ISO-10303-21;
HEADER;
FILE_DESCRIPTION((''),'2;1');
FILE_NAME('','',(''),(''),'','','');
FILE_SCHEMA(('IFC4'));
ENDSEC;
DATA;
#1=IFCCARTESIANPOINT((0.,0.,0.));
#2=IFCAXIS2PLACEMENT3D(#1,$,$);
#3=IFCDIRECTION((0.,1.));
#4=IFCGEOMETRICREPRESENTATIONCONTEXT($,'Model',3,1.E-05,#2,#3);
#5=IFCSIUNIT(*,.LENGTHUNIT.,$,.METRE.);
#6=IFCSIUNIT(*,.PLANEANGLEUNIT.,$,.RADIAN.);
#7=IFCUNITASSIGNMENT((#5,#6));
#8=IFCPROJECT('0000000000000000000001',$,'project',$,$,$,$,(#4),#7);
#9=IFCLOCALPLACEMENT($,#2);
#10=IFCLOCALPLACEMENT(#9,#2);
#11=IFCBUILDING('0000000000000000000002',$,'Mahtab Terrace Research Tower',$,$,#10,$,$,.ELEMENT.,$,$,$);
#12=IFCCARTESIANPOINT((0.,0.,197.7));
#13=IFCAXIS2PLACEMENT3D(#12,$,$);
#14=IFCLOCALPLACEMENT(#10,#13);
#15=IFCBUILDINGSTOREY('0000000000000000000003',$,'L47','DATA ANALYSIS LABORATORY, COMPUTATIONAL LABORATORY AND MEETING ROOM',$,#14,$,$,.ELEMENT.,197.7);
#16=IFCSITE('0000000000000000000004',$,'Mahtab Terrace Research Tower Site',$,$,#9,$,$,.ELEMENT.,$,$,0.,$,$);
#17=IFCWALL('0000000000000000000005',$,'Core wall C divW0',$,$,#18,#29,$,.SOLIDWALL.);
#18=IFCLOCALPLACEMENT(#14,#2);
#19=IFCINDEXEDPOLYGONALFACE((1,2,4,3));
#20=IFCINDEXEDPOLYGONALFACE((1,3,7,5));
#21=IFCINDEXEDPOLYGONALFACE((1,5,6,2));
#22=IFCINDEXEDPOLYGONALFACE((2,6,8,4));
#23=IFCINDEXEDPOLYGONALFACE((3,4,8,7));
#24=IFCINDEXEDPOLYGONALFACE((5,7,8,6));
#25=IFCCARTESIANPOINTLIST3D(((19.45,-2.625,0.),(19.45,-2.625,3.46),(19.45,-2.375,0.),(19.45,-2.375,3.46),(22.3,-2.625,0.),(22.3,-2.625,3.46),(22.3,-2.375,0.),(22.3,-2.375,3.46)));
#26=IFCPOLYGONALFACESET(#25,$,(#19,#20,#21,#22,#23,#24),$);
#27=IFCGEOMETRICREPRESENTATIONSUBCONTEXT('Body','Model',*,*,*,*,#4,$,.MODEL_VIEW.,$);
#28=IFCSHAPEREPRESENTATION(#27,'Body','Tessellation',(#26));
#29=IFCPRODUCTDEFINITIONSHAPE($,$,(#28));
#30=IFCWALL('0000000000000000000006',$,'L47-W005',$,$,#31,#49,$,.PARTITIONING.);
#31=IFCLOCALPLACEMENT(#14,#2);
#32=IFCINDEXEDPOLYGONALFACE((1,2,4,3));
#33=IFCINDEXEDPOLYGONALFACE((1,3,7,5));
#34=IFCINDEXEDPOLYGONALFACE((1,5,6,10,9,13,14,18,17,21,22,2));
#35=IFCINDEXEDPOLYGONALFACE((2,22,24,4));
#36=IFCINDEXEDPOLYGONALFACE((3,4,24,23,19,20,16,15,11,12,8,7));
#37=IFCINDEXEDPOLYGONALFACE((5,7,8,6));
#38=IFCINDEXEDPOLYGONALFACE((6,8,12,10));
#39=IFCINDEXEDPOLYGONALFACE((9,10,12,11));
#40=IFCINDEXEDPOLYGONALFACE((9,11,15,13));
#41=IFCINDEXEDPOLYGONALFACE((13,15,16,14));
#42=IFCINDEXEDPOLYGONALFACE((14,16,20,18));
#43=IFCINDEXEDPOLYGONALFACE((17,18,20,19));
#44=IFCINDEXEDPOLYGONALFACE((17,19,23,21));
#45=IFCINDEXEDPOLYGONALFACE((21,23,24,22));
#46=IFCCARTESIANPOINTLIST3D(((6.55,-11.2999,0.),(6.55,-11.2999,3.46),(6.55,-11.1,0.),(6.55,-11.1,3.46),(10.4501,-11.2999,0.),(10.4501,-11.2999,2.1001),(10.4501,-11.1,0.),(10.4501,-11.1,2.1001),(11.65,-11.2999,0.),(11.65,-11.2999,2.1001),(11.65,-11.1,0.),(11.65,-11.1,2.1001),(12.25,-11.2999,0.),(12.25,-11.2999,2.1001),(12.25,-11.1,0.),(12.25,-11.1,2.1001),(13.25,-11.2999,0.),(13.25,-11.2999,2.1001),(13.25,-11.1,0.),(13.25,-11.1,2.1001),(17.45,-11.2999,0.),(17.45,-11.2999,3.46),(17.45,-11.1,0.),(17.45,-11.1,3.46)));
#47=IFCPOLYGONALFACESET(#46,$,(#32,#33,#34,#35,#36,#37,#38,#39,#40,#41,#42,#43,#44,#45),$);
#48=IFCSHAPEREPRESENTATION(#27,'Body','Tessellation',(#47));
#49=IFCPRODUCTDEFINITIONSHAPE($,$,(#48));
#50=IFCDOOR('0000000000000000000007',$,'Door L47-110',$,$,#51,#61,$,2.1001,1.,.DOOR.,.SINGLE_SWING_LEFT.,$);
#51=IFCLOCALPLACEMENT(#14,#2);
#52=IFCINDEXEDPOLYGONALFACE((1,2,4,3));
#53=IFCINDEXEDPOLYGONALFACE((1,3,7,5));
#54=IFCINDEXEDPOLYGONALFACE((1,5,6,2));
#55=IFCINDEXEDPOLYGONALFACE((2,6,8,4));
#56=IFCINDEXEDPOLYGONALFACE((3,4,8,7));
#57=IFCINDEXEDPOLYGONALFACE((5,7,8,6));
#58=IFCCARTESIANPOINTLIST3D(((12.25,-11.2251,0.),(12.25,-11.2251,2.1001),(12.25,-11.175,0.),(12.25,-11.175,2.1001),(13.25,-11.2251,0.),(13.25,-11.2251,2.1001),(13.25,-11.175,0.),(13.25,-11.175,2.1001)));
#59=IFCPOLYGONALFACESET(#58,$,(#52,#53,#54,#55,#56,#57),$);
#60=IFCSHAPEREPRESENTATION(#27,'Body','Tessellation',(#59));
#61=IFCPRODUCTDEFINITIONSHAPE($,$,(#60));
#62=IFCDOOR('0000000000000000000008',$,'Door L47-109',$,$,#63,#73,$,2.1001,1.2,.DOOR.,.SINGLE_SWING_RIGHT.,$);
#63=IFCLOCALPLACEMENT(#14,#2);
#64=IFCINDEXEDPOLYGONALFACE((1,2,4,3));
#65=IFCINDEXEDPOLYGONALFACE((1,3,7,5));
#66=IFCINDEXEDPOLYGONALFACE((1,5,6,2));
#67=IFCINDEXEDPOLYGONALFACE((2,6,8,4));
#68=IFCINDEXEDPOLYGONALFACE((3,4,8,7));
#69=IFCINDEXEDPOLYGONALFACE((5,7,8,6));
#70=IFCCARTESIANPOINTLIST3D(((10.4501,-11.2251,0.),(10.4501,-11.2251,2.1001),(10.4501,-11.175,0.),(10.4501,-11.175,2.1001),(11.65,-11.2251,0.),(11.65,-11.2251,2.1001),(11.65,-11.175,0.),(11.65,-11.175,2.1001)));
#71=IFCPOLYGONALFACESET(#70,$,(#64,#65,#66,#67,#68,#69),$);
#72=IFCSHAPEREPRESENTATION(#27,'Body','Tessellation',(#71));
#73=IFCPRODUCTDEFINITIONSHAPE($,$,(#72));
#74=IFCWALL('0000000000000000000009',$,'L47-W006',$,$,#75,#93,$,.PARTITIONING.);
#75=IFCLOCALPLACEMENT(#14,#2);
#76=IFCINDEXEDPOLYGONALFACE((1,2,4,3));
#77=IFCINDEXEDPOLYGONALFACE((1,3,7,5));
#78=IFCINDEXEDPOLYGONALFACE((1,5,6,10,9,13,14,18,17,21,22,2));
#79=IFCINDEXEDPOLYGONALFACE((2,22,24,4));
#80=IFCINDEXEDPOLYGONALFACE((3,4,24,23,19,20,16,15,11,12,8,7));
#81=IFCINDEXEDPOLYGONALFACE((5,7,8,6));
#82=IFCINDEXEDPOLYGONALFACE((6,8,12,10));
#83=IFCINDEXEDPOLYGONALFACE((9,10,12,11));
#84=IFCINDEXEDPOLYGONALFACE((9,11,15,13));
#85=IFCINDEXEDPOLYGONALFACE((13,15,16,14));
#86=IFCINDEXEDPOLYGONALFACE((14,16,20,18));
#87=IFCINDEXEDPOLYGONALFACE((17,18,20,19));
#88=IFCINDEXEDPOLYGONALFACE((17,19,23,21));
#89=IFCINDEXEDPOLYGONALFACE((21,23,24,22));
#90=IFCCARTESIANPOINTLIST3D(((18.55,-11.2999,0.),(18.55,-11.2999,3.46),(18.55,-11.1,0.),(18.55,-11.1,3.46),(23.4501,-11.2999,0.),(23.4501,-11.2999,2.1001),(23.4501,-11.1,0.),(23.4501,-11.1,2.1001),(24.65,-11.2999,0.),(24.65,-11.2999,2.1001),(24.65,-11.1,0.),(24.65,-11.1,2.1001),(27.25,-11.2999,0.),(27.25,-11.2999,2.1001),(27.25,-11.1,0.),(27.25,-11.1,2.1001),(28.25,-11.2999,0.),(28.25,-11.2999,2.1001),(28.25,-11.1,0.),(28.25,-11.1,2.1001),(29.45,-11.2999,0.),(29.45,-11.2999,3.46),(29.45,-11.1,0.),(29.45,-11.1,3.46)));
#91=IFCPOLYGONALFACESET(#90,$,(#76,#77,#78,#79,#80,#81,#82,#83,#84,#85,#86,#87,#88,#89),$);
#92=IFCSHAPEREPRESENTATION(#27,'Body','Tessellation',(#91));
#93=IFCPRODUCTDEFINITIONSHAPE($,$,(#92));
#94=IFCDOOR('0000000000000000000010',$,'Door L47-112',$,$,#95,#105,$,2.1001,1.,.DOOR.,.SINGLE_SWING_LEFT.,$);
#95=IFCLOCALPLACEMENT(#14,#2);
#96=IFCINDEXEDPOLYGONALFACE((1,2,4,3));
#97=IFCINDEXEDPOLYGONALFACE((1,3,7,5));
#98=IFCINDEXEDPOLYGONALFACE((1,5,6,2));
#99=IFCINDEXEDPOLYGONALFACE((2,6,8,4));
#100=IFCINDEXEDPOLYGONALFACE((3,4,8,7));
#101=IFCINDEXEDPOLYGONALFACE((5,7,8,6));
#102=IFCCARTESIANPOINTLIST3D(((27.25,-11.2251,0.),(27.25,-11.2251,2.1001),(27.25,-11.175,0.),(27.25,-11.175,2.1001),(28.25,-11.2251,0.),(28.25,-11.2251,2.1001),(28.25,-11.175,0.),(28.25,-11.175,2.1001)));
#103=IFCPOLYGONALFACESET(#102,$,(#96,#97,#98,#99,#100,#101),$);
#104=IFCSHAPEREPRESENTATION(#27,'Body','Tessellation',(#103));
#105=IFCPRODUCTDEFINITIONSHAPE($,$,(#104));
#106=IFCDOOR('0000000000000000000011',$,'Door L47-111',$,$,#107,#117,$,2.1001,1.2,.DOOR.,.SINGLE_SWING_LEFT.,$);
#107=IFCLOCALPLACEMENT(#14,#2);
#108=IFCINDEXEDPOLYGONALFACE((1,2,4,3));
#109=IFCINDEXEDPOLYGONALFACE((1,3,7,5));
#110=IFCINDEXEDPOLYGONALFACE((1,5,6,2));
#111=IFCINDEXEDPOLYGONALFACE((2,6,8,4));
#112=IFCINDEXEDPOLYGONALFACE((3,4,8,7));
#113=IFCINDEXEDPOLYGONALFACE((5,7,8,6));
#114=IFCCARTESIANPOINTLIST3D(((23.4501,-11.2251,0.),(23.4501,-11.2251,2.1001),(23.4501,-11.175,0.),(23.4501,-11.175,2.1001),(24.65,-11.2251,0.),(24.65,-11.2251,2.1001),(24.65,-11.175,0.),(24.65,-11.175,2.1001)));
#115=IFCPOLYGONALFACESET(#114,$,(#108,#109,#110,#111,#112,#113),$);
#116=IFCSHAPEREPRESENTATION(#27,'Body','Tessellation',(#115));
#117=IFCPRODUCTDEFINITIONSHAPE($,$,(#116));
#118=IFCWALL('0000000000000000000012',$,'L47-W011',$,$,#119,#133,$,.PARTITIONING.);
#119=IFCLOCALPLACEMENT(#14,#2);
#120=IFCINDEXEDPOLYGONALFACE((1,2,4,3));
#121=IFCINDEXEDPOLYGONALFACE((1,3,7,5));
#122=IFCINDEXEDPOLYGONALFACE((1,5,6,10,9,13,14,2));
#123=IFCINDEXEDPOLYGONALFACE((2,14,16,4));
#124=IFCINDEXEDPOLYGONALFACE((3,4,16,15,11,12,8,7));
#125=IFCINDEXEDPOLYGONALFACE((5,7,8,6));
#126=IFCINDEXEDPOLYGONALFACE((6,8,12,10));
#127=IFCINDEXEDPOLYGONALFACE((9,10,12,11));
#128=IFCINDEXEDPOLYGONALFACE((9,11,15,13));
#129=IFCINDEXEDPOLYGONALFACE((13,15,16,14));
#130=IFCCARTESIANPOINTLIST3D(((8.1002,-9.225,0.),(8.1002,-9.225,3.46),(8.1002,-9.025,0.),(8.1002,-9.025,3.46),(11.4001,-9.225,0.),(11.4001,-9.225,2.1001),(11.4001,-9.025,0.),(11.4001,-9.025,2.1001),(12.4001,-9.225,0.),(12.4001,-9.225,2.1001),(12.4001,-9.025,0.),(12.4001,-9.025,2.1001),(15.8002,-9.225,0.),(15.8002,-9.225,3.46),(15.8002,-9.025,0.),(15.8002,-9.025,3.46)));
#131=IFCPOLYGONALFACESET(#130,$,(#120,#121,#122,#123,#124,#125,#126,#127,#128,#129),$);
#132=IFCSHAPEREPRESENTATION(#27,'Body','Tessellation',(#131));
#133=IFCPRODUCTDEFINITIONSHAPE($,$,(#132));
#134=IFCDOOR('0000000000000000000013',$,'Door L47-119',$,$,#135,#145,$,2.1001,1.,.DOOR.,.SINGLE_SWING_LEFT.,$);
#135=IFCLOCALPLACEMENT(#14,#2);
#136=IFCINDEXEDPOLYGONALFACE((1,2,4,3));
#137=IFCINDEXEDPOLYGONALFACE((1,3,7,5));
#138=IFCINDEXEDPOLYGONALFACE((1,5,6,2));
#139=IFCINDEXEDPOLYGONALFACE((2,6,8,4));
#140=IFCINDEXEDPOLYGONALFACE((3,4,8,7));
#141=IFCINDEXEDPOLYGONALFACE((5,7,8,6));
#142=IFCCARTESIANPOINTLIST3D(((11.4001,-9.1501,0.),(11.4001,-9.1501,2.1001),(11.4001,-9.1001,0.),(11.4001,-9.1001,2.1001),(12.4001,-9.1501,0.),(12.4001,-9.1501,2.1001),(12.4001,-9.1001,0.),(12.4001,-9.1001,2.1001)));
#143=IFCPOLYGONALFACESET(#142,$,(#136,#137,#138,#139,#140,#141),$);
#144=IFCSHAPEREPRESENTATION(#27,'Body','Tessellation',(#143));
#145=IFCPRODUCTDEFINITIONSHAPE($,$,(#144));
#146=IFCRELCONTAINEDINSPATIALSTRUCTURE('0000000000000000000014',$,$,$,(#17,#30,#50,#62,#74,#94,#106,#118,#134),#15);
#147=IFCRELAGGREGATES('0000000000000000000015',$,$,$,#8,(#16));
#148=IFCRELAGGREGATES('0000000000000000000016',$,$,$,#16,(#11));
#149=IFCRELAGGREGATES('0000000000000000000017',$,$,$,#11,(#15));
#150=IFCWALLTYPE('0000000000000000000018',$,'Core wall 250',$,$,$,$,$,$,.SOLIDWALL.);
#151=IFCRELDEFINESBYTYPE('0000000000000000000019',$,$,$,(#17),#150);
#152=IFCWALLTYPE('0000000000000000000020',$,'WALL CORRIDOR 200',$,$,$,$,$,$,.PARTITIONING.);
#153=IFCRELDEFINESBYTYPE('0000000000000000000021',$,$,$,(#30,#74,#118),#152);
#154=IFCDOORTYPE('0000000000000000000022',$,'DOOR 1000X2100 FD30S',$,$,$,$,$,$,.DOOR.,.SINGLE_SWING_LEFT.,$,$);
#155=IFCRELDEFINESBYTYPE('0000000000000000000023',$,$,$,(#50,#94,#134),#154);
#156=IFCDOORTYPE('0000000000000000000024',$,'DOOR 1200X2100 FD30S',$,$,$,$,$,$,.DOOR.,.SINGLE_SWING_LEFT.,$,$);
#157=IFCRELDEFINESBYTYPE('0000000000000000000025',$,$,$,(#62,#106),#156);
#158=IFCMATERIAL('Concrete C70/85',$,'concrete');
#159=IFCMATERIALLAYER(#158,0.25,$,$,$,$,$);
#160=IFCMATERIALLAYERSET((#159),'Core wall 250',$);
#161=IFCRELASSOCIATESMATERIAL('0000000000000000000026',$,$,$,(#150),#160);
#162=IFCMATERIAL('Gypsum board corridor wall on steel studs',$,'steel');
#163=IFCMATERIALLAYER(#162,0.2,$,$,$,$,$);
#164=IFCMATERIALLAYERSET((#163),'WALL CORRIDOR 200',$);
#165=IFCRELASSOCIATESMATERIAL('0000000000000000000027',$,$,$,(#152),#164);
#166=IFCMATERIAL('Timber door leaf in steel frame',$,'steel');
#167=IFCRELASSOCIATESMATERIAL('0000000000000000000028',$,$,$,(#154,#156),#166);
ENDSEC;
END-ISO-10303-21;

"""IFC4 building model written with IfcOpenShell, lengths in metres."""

from ifc_helpers import new_model, si_unit, direction, frame, frame_2d, origin, place, context, subcontext, project, spatial, rectangle, extrude, material, layer, layer_set, type_object, element, fill, save


model = new_model("IFC4")

# Units and contexts
model_context = context("Model", 3, precision=1e-05, world=origin(), true_north=direction((0.0, 1.0)))
body_context = subcontext(model_context, "Body", "Model", "MODEL_VIEW")
ifc_project = project(units=[si_unit("LENGTHUNIT", "METRE"), si_unit("PLANEANGLEUNIT", "RADIAN")], contexts=[model_context])

# Site, building, storey
site_placement = place(None, origin())
site = spatial("IfcSite", under=ifc_project, at=site_placement, Name="Mahtab Terrace Research Tower Site", CompositionType="ELEMENT", RefElevation=0.0)
building_placement = place(site_placement, origin())
building = spatial("IfcBuilding", under=site, at=building_placement, Name="Mahtab Terrace Research Tower", CompositionType="ELEMENT")
storey_placement = place(building_placement, frame((0.0, 0.0, 197.7)))
storey = spatial("IfcBuildingStorey", under=building, at=storey_placement, Name="L47", Description="DATA ANALYSIS LABORATORY, COMPUTATIONAL LABORATORY AND MEETING ROOM", CompositionType="ELEMENT", Elevation=197.7)

# Shared definitions
ifc_material_1 = material(Name="Concrete C70/85", Category="concrete")

# Shared definitions
ifc_layer_1 = layer(ifc_material_1, 0.25)
ifc_layer_set_1 = layer_set([ifc_layer_1], Name="Core wall 250")
wall_type_1 = type_object("IfcWallType", Name="Core wall 250", PredefinedType="SOLIDWALL", material=ifc_layer_set_1)

# Wall
wall_1_placement = place(storey_placement, frame((19.45, -2.5, 0.0), z_axis=(0.0, 0.0, 1.0), x_axis=(1.0, 0.0, 0.0)))
element("IfcWall", 1, at=wall_1_placement, inside=storey, type_object=wall_type_1, Name="Core wall C divW0", PredefinedType="SOLIDWALL", context=body_context, shape_type="SweptSolid", body=[
    extrude(rectangle(XDim=2.8501, YDim=0.25, at=frame_2d((1.425, 0.0))), origin(), (0.0, 0.0, 1.0), 3.46),
])

# Walls, openings, doors
ifc_material_2 = material(Name="Gypsum board corridor wall on steel studs", Category="steel")
ifc_layer_2 = layer(ifc_material_2, 0.2)
ifc_layer_set_2 = layer_set([ifc_layer_2], Name="WALL CORRIDOR 200")
wall_type_2 = type_object("IfcWallType", Name="WALL CORRIDOR 200", PredefinedType="PARTITIONING", material=ifc_layer_set_2)
wall_2_placement = place(storey_placement, frame((6.55, -11.2, 0.0), z_axis=(0.0, 0.0, 1.0), x_axis=(1.0, 0.0, 0.0)))
wall_2 = element("IfcWall", 2, at=wall_2_placement, inside=storey, type_object=wall_type_2, Name="L47-W005", PredefinedType="PARTITIONING", context=body_context, shape_type="SweptSolid", body=[
    extrude(rectangle(XDim=10.8999, YDim=0.2, at=frame_2d((5.45, 0.0))), origin(), (0.0, 0.0, 1.0), 3.46),
])
opening_1_placement = place(wall_2_placement, frame((3.8999, 0.0, 0.0)))
opening_1 = element("IfcOpeningElement", 3, at=opening_1_placement, cuts=wall_2, PredefinedType="OPENING", context=body_context, shape_type="SweptSolid", body=[
    extrude(rectangle(XDim=1.2, YDim=2.1001, at=frame_2d((0.6001, 1.05))), frame((0.0, 0.1099, 0.0), z_axis=(0.0, -1.0, 0.0), x_axis=(1.0, 0.0, 0.0)), (0.0, 0.0, 1.0), 0.22),
])
opening_2_placement = place(wall_2_placement, frame((5.7, 0.0, 0.0)))
opening_2 = element("IfcOpeningElement", 4, at=opening_2_placement, cuts=wall_2, PredefinedType="OPENING", context=body_context, shape_type="SweptSolid", body=[
    extrude(rectangle(XDim=1.0, YDim=2.1001, at=frame_2d((0.5, 1.05))), frame((0.0, 0.1099, 0.0), z_axis=(0.0, -1.0, 0.0), x_axis=(1.0, 0.0, 0.0)), (0.0, 0.0, 1.0), 0.22),
])
ifc_material_3 = material(Name="Timber door leaf in steel frame", Category="steel")
door_type_1 = type_object("IfcDoorType", Name="DOOR 1000X2100 FD30S", OperationType="SINGLE_SWING_LEFT", PredefinedType="DOOR", material=ifc_material_3)
door_1_placement = place(opening_2_placement, origin())
door_1 = element("IfcDoor", 5, at=door_1_placement, inside=storey, type_object=door_type_1, Name="Door L47-110", OperationType="SINGLE_SWING_LEFT", OverallHeight=2.1001, OverallWidth=1.0, PredefinedType="DOOR", context=body_context, shape_type="SweptSolid", body=[
    extrude(rectangle(XDim=1.0, YDim=2.1001, at=frame_2d((0.5, 1.05))), frame((0.0, 0.0249, 0.0), z_axis=(0.0, -1.0, 0.0), x_axis=(1.0, 0.0, 0.0)), (0.0, 0.0, 1.0), 0.05),
])
fill(opening_2, door_1)
door_type_2 = type_object("IfcDoorType", Name="DOOR 1200X2100 FD30S", OperationType="SINGLE_SWING_LEFT", PredefinedType="DOOR", material=ifc_material_3)
door_2_placement = place(opening_1_placement, origin())
door_2 = element("IfcDoor", 6, at=door_2_placement, inside=storey, type_object=door_type_2, Name="Door L47-109", OperationType="SINGLE_SWING_RIGHT", OverallHeight=2.1001, OverallWidth=1.2, PredefinedType="DOOR", context=body_context, shape_type="SweptSolid", body=[
    extrude(rectangle(XDim=1.2, YDim=2.1001, at=frame_2d((0.6001, 1.05))), frame((0.0, 0.0249, 0.0), z_axis=(0.0, -1.0, 0.0), x_axis=(1.0, 0.0, 0.0)), (0.0, 0.0, 1.0), 0.05),
])
fill(opening_1, door_2)
wall_3_placement = place(storey_placement, frame((18.55, -11.2, 0.0), z_axis=(0.0, 0.0, 1.0), x_axis=(1.0, 0.0, 0.0)))
wall_3 = element("IfcWall", 7, at=wall_3_placement, inside=storey, type_object=wall_type_2, Name="L47-W006", PredefinedType="PARTITIONING", context=body_context, shape_type="SweptSolid", body=[
    extrude(rectangle(XDim=10.8999, YDim=0.2, at=frame_2d((5.45, 0.0))), origin(), (0.0, 0.0, 1.0), 3.46),
])
opening_3_placement = place(wall_3_placement, frame((4.8999, 0.0, 0.0)))
opening_3 = element("IfcOpeningElement", 8, at=opening_3_placement, cuts=wall_3, PredefinedType="OPENING", context=body_context, shape_type="SweptSolid", body=[
    extrude(rectangle(XDim=1.2, YDim=2.1001, at=frame_2d((0.6001, 1.05))), frame((0.0, 0.1099, 0.0), z_axis=(0.0, -1.0, 0.0), x_axis=(1.0, 0.0, 0.0)), (0.0, 0.0, 1.0), 0.22),
])
opening_4_placement = place(wall_3_placement, frame((8.7, 0.0, 0.0)))
opening_4 = element("IfcOpeningElement", 9, at=opening_4_placement, cuts=wall_3, PredefinedType="OPENING", context=body_context, shape_type="SweptSolid", body=[
    extrude(rectangle(XDim=1.0, YDim=2.1001, at=frame_2d((0.5, 1.05))), frame((0.0, 0.1099, 0.0), z_axis=(0.0, -1.0, 0.0), x_axis=(1.0, 0.0, 0.0)), (0.0, 0.0, 1.0), 0.22),
])
door_3_placement = place(opening_4_placement, origin())
door_3 = element("IfcDoor", 10, at=door_3_placement, inside=storey, type_object=door_type_1, Name="Door L47-112", OperationType="SINGLE_SWING_LEFT", OverallHeight=2.1001, OverallWidth=1.0, PredefinedType="DOOR", context=body_context, shape_type="SweptSolid", body=[
    extrude(rectangle(XDim=1.0, YDim=2.1001, at=frame_2d((0.5, 1.05))), frame((0.0, 0.0249, 0.0), z_axis=(0.0, -1.0, 0.0), x_axis=(1.0, 0.0, 0.0)), (0.0, 0.0, 1.0), 0.05),
])
fill(opening_4, door_3)
door_4_placement = place(opening_3_placement, origin())
door_4 = element("IfcDoor", 11, at=door_4_placement, inside=storey, type_object=door_type_2, Name="Door L47-111", OperationType="SINGLE_SWING_LEFT", OverallHeight=2.1001, OverallWidth=1.2, PredefinedType="DOOR", context=body_context, shape_type="SweptSolid", body=[
    extrude(rectangle(XDim=1.2, YDim=2.1001, at=frame_2d((0.6001, 1.05))), frame((0.0, 0.0249, 0.0), z_axis=(0.0, -1.0, 0.0), x_axis=(1.0, 0.0, 0.0)), (0.0, 0.0, 1.0), 0.05),
])
fill(opening_3, door_4)

# Wall, opening, door
wall_4_placement = place(storey_placement, frame((8.1001, -9.125, 0.0), z_axis=(0.0, 0.0, 1.0), x_axis=(1.0, 0.0, 0.0)))
wall_4 = element("IfcWall", 12, at=wall_4_placement, inside=storey, type_object=wall_type_2, Name="L47-W011", PredefinedType="PARTITIONING", context=body_context, shape_type="SweptSolid", body=[
    extrude(rectangle(XDim=7.7, YDim=0.2, at=frame_2d((3.8501, 0.0))), origin(), (0.0, 0.0, 1.0), 3.46),
])
opening_5_placement = place(wall_4_placement, frame((3.3, 0.0, 0.0)))
opening_5 = element("IfcOpeningElement", 13, at=opening_5_placement, cuts=wall_4, PredefinedType="OPENING", context=body_context, shape_type="SweptSolid", body=[
    extrude(rectangle(XDim=1.0, YDim=2.1001, at=frame_2d((0.5, 1.05))), frame((0.0, 0.1099, 0.0), z_axis=(0.0, -1.0, 0.0), x_axis=(1.0, 0.0, 0.0)), (0.0, 0.0, 1.0), 0.22),
])
door_5_placement = place(opening_5_placement, origin())
door_5 = element("IfcDoor", 14, at=door_5_placement, inside=storey, type_object=door_type_1, Name="Door L47-119", OperationType="SINGLE_SWING_LEFT", OverallHeight=2.1001, OverallWidth=1.0, PredefinedType="DOOR", context=body_context, shape_type="SweptSolid", body=[
    extrude(rectangle(XDim=1.0, YDim=2.1001, at=frame_2d((0.5, 1.05))), frame((0.0, 0.0249, 0.0), z_axis=(0.0, -1.0, 0.0), x_axis=(1.0, 0.0, 0.0)), (0.0, 0.0, 1.0), 0.05),
])
fill(opening_5, door_5)

save(model, "model.ifc")
